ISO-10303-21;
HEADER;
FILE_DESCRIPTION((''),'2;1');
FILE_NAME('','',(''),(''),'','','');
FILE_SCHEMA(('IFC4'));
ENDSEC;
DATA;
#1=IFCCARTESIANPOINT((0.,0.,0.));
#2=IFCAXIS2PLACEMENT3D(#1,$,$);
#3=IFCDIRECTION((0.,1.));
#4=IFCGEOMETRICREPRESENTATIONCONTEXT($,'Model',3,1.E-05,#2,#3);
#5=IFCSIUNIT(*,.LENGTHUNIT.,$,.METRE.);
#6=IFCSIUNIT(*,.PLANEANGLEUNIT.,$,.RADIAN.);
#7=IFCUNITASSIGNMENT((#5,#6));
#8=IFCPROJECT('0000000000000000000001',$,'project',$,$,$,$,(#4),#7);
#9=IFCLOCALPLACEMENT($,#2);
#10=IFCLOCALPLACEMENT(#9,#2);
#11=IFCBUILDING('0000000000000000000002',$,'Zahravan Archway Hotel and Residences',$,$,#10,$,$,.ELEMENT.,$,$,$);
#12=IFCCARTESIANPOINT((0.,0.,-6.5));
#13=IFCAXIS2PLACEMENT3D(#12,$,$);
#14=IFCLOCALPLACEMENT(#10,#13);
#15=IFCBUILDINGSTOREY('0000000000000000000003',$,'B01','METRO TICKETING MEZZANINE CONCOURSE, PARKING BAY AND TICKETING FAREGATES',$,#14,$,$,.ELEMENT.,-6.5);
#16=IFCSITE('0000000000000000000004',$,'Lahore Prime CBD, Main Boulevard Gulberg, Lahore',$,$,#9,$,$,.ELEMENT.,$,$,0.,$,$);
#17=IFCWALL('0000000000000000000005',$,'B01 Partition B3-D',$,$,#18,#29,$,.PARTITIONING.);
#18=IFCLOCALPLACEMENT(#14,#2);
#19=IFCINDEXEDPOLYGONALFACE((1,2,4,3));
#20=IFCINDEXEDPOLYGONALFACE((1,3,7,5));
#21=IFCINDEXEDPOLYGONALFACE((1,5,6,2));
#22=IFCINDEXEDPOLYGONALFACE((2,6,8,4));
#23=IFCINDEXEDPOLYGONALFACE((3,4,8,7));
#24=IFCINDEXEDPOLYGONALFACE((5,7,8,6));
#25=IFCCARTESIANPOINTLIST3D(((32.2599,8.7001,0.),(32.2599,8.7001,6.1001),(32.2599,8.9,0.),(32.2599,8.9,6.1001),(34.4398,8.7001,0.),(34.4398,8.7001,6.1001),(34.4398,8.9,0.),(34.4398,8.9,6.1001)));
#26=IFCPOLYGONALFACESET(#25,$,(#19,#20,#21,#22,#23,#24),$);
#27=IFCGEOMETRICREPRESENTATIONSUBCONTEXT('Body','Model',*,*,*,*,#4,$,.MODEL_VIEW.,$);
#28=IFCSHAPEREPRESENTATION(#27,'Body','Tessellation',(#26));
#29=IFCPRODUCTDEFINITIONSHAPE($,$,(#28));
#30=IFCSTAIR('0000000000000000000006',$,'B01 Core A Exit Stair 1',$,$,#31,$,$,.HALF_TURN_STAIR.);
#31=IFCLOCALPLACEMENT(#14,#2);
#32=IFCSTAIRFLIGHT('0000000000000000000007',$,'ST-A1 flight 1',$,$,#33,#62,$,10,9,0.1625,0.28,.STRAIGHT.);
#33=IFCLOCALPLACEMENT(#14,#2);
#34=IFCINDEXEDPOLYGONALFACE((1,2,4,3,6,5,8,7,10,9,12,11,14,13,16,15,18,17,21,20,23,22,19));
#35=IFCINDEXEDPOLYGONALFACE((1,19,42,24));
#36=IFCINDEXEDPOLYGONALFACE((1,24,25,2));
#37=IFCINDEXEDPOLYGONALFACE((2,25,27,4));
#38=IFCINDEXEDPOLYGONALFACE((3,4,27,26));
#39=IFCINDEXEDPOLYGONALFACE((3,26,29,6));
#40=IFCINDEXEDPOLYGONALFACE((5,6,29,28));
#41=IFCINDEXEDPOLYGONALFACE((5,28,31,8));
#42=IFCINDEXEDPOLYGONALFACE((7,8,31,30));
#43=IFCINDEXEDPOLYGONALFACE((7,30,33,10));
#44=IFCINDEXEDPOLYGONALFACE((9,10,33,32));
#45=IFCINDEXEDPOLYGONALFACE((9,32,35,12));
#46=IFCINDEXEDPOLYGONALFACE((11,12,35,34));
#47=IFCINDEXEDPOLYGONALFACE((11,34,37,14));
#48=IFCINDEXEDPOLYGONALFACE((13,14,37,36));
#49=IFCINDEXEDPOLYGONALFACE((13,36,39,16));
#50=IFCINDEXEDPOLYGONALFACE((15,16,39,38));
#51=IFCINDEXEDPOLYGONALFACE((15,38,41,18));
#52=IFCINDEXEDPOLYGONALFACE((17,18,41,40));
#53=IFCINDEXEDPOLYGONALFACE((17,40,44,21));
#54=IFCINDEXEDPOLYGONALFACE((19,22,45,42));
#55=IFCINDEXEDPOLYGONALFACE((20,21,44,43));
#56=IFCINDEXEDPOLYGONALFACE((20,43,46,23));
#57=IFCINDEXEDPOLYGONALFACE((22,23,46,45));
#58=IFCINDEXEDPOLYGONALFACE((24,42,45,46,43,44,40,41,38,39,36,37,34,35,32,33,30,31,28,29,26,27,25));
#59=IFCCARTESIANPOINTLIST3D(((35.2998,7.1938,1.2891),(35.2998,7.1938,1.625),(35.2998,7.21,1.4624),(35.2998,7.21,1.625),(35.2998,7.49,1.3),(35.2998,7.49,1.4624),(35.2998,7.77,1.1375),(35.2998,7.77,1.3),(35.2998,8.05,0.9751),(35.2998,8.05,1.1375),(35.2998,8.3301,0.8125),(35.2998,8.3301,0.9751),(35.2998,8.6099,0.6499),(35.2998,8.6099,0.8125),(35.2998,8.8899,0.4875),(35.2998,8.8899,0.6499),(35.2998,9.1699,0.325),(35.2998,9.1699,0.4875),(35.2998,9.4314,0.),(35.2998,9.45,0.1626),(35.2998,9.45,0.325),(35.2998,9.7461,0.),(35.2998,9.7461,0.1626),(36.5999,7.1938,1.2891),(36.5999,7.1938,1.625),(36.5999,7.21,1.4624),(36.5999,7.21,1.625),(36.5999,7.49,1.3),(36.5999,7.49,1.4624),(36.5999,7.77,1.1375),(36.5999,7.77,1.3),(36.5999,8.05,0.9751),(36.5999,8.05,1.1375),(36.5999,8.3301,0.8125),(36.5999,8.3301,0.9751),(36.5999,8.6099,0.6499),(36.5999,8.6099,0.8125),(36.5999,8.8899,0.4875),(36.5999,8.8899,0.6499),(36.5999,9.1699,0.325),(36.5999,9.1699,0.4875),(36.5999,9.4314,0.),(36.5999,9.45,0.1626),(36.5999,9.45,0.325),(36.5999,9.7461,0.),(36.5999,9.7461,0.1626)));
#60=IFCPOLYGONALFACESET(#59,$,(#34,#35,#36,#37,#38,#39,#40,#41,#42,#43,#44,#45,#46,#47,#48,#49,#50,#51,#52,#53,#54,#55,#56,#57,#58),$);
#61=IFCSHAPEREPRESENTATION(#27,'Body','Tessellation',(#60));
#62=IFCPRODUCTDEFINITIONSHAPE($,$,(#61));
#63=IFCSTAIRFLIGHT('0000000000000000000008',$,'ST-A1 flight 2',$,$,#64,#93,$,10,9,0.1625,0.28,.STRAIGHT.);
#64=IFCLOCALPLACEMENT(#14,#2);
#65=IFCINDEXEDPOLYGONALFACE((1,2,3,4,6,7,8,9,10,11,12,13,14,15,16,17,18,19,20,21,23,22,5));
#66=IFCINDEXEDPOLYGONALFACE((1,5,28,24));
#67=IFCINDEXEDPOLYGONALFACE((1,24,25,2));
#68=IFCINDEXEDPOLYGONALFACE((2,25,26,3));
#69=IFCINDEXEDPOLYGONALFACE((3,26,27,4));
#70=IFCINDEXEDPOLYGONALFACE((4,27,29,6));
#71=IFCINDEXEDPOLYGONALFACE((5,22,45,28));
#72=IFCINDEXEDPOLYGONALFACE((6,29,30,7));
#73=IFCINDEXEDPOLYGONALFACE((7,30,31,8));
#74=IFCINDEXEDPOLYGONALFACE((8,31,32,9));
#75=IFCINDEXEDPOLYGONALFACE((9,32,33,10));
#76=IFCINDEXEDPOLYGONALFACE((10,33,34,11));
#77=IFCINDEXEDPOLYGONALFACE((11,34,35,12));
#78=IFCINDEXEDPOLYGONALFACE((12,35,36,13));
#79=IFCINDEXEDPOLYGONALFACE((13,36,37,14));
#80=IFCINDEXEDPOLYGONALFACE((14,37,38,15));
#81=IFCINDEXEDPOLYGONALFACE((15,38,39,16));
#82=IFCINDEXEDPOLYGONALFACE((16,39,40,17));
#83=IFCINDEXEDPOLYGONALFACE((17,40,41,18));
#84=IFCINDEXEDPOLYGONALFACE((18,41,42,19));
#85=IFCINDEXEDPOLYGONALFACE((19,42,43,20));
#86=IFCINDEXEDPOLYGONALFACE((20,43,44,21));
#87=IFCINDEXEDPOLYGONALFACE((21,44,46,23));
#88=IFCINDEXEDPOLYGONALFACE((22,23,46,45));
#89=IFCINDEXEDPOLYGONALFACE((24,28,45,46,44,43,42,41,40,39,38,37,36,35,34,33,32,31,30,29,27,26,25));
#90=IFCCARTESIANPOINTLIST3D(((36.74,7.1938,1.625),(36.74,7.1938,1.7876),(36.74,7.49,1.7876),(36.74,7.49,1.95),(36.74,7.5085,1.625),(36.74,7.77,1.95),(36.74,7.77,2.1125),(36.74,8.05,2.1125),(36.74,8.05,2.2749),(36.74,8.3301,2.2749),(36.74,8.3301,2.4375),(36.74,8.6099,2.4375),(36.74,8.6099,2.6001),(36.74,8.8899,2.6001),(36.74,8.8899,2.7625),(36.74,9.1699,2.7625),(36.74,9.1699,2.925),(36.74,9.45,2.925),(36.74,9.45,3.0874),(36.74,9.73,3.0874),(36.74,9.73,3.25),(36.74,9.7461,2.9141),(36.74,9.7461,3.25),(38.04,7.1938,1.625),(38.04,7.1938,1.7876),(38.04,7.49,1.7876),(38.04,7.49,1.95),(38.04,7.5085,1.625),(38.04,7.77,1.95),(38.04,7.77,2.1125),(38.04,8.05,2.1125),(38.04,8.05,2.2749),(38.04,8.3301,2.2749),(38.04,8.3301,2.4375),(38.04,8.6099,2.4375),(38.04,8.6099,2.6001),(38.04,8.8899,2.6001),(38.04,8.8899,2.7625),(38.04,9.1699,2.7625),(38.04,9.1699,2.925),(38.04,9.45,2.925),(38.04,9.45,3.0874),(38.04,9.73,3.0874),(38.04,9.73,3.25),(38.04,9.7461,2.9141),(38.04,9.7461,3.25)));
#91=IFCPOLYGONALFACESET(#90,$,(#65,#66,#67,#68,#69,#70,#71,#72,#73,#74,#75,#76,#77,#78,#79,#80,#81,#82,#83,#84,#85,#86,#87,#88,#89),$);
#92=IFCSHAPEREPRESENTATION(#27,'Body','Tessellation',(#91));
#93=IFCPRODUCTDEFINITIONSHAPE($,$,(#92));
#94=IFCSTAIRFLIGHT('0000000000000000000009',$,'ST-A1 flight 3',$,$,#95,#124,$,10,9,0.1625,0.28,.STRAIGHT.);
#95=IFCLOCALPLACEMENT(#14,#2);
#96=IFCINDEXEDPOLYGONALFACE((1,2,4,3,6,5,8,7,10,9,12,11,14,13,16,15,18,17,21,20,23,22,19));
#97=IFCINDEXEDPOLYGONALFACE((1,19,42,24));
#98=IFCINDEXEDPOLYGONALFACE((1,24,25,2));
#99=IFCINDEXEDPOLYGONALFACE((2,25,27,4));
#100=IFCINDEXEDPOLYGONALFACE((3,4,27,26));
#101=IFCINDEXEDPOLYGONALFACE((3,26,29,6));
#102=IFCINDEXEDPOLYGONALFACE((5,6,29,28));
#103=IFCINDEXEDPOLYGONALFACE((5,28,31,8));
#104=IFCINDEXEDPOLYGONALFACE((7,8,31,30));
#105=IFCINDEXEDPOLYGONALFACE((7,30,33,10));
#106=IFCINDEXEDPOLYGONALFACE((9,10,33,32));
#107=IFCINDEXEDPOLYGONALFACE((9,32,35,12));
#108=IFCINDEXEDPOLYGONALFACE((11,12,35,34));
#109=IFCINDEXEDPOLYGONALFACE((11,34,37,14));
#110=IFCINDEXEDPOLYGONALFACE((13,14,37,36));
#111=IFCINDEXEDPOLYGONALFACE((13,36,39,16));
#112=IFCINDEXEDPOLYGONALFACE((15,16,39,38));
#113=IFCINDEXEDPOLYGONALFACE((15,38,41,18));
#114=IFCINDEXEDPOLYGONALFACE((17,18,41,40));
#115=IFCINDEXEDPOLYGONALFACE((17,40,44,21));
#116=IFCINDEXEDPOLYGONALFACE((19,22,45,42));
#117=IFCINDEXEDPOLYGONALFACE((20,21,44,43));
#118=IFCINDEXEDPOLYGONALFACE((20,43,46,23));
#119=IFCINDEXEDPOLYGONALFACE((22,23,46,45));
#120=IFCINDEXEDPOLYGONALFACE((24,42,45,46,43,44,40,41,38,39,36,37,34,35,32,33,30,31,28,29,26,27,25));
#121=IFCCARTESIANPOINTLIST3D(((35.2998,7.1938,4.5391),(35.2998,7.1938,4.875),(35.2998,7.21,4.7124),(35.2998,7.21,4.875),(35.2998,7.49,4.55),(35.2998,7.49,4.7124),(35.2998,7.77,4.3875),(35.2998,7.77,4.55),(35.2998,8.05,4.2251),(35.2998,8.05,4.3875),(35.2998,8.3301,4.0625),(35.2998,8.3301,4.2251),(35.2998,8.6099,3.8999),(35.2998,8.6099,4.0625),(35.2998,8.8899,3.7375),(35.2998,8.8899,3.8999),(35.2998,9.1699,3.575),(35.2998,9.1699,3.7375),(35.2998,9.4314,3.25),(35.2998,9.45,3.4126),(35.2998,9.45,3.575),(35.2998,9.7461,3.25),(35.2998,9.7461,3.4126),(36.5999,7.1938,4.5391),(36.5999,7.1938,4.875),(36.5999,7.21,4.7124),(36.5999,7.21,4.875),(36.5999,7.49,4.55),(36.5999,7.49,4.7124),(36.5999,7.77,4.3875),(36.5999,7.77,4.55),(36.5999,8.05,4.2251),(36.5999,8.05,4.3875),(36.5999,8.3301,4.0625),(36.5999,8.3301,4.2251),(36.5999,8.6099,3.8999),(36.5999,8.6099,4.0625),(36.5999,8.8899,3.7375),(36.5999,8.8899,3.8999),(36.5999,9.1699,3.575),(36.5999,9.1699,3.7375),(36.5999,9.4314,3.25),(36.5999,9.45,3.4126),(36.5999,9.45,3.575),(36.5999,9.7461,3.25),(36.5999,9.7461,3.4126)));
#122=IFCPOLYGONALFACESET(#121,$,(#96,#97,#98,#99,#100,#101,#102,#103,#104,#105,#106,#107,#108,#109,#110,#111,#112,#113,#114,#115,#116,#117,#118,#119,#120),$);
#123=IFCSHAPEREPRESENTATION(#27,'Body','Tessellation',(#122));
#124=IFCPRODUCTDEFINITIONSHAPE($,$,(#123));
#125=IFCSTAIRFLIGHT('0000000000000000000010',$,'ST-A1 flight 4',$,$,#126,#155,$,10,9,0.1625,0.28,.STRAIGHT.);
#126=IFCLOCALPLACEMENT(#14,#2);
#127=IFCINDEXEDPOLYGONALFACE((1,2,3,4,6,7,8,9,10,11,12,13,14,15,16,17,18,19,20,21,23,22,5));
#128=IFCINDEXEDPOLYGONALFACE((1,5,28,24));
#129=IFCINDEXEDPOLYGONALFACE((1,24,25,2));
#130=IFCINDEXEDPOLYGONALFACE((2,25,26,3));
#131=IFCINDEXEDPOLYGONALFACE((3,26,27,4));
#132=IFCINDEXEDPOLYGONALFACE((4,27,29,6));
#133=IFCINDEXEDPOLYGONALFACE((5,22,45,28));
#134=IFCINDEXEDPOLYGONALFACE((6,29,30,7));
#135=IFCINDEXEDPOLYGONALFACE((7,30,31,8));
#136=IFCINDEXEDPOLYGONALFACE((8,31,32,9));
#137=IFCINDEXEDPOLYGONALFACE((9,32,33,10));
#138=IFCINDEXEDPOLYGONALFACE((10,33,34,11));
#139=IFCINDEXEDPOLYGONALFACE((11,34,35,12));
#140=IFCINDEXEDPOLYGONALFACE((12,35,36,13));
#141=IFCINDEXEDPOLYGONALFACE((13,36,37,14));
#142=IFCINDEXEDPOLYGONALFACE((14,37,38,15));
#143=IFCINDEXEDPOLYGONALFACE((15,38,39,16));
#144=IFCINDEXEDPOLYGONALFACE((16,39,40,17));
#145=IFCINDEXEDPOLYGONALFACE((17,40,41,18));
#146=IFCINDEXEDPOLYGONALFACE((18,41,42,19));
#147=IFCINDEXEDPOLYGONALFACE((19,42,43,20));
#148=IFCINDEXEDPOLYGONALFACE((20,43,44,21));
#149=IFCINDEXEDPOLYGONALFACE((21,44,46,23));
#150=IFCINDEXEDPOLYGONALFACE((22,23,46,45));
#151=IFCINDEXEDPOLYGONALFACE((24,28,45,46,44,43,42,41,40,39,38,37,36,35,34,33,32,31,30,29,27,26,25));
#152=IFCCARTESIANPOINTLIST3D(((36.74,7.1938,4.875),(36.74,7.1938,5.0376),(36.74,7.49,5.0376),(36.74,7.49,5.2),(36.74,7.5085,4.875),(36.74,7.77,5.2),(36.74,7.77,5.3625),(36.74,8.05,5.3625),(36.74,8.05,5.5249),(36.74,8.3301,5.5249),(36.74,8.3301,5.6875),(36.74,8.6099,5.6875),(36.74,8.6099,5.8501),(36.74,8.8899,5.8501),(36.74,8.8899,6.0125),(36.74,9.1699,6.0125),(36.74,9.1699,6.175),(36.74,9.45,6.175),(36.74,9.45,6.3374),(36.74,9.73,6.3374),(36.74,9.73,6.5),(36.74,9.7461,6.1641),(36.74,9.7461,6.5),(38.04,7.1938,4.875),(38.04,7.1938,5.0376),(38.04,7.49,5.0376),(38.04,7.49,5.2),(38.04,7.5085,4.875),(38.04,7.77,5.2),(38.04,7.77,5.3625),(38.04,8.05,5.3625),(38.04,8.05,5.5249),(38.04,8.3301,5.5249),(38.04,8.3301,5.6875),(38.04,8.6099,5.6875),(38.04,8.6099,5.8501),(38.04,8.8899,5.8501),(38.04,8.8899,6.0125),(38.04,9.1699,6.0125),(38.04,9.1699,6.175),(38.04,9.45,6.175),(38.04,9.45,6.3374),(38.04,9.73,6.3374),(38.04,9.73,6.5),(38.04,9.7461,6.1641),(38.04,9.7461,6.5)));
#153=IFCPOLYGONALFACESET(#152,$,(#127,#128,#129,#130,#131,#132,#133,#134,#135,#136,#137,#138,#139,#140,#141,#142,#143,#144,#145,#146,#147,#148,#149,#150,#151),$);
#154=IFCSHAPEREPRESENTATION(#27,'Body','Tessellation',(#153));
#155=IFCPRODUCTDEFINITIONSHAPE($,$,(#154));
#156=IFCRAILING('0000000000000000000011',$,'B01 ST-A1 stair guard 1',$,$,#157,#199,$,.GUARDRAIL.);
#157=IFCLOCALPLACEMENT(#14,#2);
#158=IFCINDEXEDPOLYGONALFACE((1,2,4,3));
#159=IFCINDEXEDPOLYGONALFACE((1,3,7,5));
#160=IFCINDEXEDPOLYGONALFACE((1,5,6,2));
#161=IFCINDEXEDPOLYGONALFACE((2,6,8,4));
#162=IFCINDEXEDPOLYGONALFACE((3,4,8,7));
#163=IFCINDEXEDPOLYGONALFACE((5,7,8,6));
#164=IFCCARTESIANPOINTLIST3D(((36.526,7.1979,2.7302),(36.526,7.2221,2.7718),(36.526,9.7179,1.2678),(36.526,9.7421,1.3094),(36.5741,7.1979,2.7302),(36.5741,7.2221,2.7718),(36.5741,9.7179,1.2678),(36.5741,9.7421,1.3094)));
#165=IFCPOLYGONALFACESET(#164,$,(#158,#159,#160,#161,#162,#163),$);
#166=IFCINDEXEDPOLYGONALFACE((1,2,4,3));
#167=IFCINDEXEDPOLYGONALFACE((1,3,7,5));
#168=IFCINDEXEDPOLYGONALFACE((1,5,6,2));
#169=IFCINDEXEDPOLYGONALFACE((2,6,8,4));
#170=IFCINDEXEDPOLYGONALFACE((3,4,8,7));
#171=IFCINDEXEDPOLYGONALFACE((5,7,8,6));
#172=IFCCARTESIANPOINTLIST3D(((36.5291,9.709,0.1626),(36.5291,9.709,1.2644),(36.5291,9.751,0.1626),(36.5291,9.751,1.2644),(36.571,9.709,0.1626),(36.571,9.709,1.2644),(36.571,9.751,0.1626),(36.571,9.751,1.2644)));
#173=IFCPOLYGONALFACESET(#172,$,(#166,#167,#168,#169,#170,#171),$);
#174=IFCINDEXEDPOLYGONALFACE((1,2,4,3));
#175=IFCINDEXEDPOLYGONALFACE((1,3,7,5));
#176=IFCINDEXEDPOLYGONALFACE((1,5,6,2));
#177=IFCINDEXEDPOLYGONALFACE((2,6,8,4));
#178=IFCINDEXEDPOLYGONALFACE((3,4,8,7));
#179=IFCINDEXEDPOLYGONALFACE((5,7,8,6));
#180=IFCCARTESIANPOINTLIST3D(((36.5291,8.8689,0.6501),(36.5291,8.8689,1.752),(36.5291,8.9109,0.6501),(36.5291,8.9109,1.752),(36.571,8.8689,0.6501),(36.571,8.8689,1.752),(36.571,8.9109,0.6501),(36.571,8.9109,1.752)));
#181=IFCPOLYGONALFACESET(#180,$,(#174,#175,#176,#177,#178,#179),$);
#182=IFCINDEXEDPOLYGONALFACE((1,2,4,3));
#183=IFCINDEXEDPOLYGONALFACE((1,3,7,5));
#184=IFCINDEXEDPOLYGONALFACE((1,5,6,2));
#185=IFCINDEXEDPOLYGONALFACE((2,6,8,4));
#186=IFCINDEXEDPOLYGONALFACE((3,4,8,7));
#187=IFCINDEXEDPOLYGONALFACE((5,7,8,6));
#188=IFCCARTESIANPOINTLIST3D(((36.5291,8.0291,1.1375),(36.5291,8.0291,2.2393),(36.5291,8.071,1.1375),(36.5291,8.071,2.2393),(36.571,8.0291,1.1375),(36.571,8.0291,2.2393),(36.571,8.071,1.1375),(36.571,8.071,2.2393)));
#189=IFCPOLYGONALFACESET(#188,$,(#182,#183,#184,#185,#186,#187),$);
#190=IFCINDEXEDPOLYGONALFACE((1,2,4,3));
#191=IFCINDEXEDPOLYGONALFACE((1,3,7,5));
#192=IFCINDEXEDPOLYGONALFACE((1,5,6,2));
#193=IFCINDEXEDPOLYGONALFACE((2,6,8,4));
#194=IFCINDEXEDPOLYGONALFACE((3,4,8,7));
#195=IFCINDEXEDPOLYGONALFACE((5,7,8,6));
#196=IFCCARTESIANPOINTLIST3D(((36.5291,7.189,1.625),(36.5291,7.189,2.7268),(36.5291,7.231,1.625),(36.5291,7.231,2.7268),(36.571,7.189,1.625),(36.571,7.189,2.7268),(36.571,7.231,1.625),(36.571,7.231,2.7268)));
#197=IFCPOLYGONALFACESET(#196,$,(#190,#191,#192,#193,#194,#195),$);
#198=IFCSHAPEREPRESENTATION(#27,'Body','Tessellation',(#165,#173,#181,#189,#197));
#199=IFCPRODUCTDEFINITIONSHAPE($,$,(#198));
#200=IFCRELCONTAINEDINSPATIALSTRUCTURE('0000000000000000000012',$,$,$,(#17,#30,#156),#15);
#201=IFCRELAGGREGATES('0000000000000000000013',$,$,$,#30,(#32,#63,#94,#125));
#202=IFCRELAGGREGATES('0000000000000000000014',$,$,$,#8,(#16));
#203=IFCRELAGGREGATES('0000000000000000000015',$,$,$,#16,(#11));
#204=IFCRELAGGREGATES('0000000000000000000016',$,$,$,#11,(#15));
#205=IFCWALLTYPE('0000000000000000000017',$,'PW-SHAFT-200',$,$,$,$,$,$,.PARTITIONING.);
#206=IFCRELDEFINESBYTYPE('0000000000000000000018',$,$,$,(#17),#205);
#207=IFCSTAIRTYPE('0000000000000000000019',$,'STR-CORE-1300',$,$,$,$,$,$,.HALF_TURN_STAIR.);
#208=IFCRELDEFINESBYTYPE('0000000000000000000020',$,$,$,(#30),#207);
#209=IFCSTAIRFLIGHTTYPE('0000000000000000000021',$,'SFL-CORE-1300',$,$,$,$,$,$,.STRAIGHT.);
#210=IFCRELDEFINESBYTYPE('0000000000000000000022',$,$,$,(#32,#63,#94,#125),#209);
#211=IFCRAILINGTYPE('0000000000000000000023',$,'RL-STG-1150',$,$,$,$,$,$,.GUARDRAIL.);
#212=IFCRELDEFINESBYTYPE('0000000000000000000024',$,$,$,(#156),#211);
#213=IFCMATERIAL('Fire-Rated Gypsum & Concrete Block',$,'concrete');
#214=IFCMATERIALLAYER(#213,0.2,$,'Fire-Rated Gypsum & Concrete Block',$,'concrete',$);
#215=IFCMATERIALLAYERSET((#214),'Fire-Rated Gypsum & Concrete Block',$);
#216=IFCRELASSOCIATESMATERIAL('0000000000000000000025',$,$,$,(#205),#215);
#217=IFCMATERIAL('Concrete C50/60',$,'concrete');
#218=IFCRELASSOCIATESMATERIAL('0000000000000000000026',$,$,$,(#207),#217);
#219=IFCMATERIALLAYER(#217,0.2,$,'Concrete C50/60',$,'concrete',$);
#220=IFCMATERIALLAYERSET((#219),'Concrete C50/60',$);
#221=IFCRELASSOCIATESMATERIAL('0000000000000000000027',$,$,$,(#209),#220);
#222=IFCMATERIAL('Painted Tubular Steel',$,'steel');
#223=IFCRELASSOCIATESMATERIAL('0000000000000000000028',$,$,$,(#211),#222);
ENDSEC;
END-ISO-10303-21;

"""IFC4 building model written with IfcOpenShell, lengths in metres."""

from ifc_helpers import new_model, si_unit, direction, frame, frame_2d, origin, origin_2d, place, context, subcontext, project, spatial, polyline, rectangle, outline, extrude, source, transform, mapped, material, layer, layer_set, type_object, type_shapes, element, aggregate, save


model = new_model("IFC4")

# Units and contexts
model_context = context("Model", 3, precision=1e-05, world=origin(), true_north=direction((0.0, 1.0)))
body_context = subcontext(model_context, "Body", "Model", "MODEL_VIEW")
ifc_project = project(units=[si_unit("LENGTHUNIT", "METRE"), si_unit("PLANEANGLEUNIT", "RADIAN")], contexts=[model_context])

# Site, building, storey
site_placement = place(None, origin())
site = spatial("IfcSite", under=ifc_project, at=site_placement, Name="Lahore Prime CBD, Main Boulevard Gulberg, Lahore", CompositionType="ELEMENT", RefElevation=0.0)
building_placement = place(site_placement, origin())
building = spatial("IfcBuilding", under=site, at=building_placement, Name="Zahravan Archway Hotel and Residences", CompositionType="ELEMENT")
storey_placement = place(building_placement, frame((0.0, 0.0, -6.5)))
storey = spatial("IfcBuildingStorey", under=building, at=storey_placement, Name="B01", Description="METRO TICKETING MEZZANINE CONCOURSE, PARKING BAY AND TICKETING FAREGATES", CompositionType="ELEMENT", Elevation=-6.5)

# Wall
ifc_material_1 = material(Name="Fire-Rated Gypsum & Concrete Block", Category="concrete")
ifc_layer_1 = layer(ifc_material_1, 0.2, Name="Fire-Rated Gypsum & Concrete Block", Category="concrete")
ifc_layer_set_1 = layer_set([ifc_layer_1], Name="Fire-Rated Gypsum & Concrete Block")
wall_type = type_object("IfcWallType", Name="PW-SHAFT-200", PredefinedType="PARTITIONING", material=ifc_layer_set_1)
wall_placement = place(storey_placement, frame((32.26, 8.8, 0.0), z_axis=(0.0, 0.0, 1.0), x_axis=(1.0, 0.0, 0.0)))
element("IfcWall", 1, at=wall_placement, inside=storey, type_object=wall_type, Name="B01 Partition B3-D", PredefinedType="PARTITIONING", context=body_context, shape_type="SweptSolid", body=[
    extrude(rectangle(XDim=2.1799, YDim=0.2, at=frame_2d((1.0898, 0.0))), origin(), (0.0, 0.0, 1.0), 6.1001),
])

# Stair, stair flights
ifc_material_2 = material(Name="Concrete C50/60", Category="concrete")
stair_type = type_object("IfcStairType", Name="STR-CORE-1300", PredefinedType="HALF_TURN_STAIR", material=ifc_material_2)
stair_placement = place(storey_placement, origin())
stair = element("IfcStair", 2, at=stair_placement, inside=storey, type_object=stair_type, Name="B01 Core A Exit Stair 1", PredefinedType="HALF_TURN_STAIR")
ifc_layer_2 = layer(ifc_material_2, 0.2, Name="Concrete C50/60", Category="concrete")
ifc_layer_set_2 = layer_set([ifc_layer_2], Name="Concrete C50/60")
stair_flight_type = type_object("IfcStairFlightType", Name="SFL-CORE-1300", PredefinedType="STRAIGHT", material=ifc_layer_set_2)
shared_shape_1 = source(origin(), body_context, "Body", "SweptSolid", [
    extrude(outline(polyline([(-0.0161, 0.0), (-0.0161, 0.1626), (0.28, 0.1626), (0.28, 0.325), (0.5601, 0.325), (0.5601, 0.4875), (0.8401, 0.4875), (0.8401, 0.6499), (1.1201, 0.6499), (1.1201, 0.8125), (1.3999, 0.8125), (1.3999, 0.9751), (1.6799, 0.9751), (1.6799, 1.1375), (1.96, 1.1375), (1.96, 1.3), (2.24, 1.3), (2.24, 1.4624), (2.52, 1.4624), (2.52, 1.625), (2.5361, 1.625), (2.5361, 1.2891), (0.2986, 0.0), (-0.0161, 0.0)])), frame((0.0, 0.6499, 0.0), z_axis=(0.0, -1.0, 0.0), x_axis=(1.0, 0.0, 0.0)), (0.0, 0.0, 1.0), 1.3),
])
type_shapes(stair_flight_type, [shared_shape_1])
stair_flight_1_placement = place(storey_placement, frame((35.95, 9.73, 0.0), z_axis=(0.0, 0.0, 1.0), x_axis=(0.0, -1.0, 0.0)))
stair_flight_1 = element("IfcStairFlight", 3, at=stair_flight_1_placement, type_object=stair_flight_type, Name="ST-A1 flight 1", NumberOfRisers=10, NumberOfTreads=9, PredefinedType="STRAIGHT", RiserHeight=0.1625, TreadLength=0.28, context=body_context, shape_type="MappedRepresentation", body=[
    mapped(shared_shape_1, transform((0.0, 0.0, 0.0), scale=1.0)),
])
stair_flight_2_placement = place(storey_placement, frame((37.3899, 7.21, 1.625), z_axis=(0.0, 0.0, 1.0), x_axis=(0.0, 1.0, 0.0)))
stair_flight_2 = element("IfcStairFlight", 4, at=stair_flight_2_placement, type_object=stair_flight_type, Name="ST-A1 flight 2", NumberOfRisers=10, NumberOfTreads=9, PredefinedType="STRAIGHT", RiserHeight=0.1625, TreadLength=0.28, context=body_context, shape_type="MappedRepresentation", body=[
    mapped(shared_shape_1, transform((0.0, 0.0, 0.0), scale=1.0)),
])
stair_flight_3_placement = place(storey_placement, frame((35.95, 9.73, 3.25), z_axis=(0.0, 0.0, 1.0), x_axis=(0.0, -1.0, 0.0)))
stair_flight_3 = element("IfcStairFlight", 5, at=stair_flight_3_placement, type_object=stair_flight_type, Name="ST-A1 flight 3", NumberOfRisers=10, NumberOfTreads=9, PredefinedType="STRAIGHT", RiserHeight=0.1625, TreadLength=0.28, context=body_context, shape_type="MappedRepresentation", body=[
    mapped(shared_shape_1, transform((0.0, 0.0, 0.0), scale=1.0)),
])
stair_flight_4_placement = place(storey_placement, frame((37.3899, 7.21, 4.875), z_axis=(0.0, 0.0, 1.0), x_axis=(0.0, 1.0, 0.0)))
stair_flight_4 = element("IfcStairFlight", 6, at=stair_flight_4_placement, type_object=stair_flight_type, Name="ST-A1 flight 4", NumberOfRisers=10, NumberOfTreads=9, PredefinedType="STRAIGHT", RiserHeight=0.1625, TreadLength=0.28, context=body_context, shape_type="MappedRepresentation", body=[
    mapped(shared_shape_1, transform((0.0, 0.0, 0.0), scale=1.0)),
])
aggregate(stair, [stair_flight_1, stair_flight_2, stair_flight_3, stair_flight_4])

# Railing
ifc_material_3 = material(Name="Painted Tubular Steel", Category="steel")
railing_type_1 = type_object("IfcRailingType", Name="RL-STG-1150", PredefinedType="GUARDRAIL", material=ifc_material_3)
railing_1_placement = place(storey_placement, frame((36.55, 9.73, 0.1626)))
element("IfcRailing", 7, at=railing_1_placement, inside=storey, type_object=railing_type_1, Name="B01 ST-A1 stair guard 1", PredefinedType="GUARDRAIL", context=body_context, shape_type="SweptSolid", body=[
    extrude(rectangle(XDim=0.0481, YDim=0.0481, at=origin_2d()), frame((0.0, 0.0, 1.126), z_axis=(0.0, -0.864913, 0.501921), x_axis=(1.0, 0.0, 0.0)), (0.0, 0.0, 1.0), 2.9136),
    extrude(rectangle(XDim=0.042, YDim=0.042, at=origin_2d()), origin(), (0.0, 0.0, 1.0), 1.1018),
    extrude(rectangle(XDim=0.042, YDim=0.042, at=origin_2d()), frame((0.0, -0.8401, 0.4875)), (0.0, 0.0, 1.0), 1.1018),
    extrude(rectangle(XDim=0.042, YDim=0.042, at=origin_2d()), frame((0.0, -1.6799, 0.9749)), (0.0, 0.0, 1.0), 1.1018),
    extrude(rectangle(XDim=0.042, YDim=0.042, at=origin_2d()), frame((0.0, -2.52, 1.4624)), (0.0, 0.0, 1.0), 1.1018),
])

save(model, "model.ifc")
